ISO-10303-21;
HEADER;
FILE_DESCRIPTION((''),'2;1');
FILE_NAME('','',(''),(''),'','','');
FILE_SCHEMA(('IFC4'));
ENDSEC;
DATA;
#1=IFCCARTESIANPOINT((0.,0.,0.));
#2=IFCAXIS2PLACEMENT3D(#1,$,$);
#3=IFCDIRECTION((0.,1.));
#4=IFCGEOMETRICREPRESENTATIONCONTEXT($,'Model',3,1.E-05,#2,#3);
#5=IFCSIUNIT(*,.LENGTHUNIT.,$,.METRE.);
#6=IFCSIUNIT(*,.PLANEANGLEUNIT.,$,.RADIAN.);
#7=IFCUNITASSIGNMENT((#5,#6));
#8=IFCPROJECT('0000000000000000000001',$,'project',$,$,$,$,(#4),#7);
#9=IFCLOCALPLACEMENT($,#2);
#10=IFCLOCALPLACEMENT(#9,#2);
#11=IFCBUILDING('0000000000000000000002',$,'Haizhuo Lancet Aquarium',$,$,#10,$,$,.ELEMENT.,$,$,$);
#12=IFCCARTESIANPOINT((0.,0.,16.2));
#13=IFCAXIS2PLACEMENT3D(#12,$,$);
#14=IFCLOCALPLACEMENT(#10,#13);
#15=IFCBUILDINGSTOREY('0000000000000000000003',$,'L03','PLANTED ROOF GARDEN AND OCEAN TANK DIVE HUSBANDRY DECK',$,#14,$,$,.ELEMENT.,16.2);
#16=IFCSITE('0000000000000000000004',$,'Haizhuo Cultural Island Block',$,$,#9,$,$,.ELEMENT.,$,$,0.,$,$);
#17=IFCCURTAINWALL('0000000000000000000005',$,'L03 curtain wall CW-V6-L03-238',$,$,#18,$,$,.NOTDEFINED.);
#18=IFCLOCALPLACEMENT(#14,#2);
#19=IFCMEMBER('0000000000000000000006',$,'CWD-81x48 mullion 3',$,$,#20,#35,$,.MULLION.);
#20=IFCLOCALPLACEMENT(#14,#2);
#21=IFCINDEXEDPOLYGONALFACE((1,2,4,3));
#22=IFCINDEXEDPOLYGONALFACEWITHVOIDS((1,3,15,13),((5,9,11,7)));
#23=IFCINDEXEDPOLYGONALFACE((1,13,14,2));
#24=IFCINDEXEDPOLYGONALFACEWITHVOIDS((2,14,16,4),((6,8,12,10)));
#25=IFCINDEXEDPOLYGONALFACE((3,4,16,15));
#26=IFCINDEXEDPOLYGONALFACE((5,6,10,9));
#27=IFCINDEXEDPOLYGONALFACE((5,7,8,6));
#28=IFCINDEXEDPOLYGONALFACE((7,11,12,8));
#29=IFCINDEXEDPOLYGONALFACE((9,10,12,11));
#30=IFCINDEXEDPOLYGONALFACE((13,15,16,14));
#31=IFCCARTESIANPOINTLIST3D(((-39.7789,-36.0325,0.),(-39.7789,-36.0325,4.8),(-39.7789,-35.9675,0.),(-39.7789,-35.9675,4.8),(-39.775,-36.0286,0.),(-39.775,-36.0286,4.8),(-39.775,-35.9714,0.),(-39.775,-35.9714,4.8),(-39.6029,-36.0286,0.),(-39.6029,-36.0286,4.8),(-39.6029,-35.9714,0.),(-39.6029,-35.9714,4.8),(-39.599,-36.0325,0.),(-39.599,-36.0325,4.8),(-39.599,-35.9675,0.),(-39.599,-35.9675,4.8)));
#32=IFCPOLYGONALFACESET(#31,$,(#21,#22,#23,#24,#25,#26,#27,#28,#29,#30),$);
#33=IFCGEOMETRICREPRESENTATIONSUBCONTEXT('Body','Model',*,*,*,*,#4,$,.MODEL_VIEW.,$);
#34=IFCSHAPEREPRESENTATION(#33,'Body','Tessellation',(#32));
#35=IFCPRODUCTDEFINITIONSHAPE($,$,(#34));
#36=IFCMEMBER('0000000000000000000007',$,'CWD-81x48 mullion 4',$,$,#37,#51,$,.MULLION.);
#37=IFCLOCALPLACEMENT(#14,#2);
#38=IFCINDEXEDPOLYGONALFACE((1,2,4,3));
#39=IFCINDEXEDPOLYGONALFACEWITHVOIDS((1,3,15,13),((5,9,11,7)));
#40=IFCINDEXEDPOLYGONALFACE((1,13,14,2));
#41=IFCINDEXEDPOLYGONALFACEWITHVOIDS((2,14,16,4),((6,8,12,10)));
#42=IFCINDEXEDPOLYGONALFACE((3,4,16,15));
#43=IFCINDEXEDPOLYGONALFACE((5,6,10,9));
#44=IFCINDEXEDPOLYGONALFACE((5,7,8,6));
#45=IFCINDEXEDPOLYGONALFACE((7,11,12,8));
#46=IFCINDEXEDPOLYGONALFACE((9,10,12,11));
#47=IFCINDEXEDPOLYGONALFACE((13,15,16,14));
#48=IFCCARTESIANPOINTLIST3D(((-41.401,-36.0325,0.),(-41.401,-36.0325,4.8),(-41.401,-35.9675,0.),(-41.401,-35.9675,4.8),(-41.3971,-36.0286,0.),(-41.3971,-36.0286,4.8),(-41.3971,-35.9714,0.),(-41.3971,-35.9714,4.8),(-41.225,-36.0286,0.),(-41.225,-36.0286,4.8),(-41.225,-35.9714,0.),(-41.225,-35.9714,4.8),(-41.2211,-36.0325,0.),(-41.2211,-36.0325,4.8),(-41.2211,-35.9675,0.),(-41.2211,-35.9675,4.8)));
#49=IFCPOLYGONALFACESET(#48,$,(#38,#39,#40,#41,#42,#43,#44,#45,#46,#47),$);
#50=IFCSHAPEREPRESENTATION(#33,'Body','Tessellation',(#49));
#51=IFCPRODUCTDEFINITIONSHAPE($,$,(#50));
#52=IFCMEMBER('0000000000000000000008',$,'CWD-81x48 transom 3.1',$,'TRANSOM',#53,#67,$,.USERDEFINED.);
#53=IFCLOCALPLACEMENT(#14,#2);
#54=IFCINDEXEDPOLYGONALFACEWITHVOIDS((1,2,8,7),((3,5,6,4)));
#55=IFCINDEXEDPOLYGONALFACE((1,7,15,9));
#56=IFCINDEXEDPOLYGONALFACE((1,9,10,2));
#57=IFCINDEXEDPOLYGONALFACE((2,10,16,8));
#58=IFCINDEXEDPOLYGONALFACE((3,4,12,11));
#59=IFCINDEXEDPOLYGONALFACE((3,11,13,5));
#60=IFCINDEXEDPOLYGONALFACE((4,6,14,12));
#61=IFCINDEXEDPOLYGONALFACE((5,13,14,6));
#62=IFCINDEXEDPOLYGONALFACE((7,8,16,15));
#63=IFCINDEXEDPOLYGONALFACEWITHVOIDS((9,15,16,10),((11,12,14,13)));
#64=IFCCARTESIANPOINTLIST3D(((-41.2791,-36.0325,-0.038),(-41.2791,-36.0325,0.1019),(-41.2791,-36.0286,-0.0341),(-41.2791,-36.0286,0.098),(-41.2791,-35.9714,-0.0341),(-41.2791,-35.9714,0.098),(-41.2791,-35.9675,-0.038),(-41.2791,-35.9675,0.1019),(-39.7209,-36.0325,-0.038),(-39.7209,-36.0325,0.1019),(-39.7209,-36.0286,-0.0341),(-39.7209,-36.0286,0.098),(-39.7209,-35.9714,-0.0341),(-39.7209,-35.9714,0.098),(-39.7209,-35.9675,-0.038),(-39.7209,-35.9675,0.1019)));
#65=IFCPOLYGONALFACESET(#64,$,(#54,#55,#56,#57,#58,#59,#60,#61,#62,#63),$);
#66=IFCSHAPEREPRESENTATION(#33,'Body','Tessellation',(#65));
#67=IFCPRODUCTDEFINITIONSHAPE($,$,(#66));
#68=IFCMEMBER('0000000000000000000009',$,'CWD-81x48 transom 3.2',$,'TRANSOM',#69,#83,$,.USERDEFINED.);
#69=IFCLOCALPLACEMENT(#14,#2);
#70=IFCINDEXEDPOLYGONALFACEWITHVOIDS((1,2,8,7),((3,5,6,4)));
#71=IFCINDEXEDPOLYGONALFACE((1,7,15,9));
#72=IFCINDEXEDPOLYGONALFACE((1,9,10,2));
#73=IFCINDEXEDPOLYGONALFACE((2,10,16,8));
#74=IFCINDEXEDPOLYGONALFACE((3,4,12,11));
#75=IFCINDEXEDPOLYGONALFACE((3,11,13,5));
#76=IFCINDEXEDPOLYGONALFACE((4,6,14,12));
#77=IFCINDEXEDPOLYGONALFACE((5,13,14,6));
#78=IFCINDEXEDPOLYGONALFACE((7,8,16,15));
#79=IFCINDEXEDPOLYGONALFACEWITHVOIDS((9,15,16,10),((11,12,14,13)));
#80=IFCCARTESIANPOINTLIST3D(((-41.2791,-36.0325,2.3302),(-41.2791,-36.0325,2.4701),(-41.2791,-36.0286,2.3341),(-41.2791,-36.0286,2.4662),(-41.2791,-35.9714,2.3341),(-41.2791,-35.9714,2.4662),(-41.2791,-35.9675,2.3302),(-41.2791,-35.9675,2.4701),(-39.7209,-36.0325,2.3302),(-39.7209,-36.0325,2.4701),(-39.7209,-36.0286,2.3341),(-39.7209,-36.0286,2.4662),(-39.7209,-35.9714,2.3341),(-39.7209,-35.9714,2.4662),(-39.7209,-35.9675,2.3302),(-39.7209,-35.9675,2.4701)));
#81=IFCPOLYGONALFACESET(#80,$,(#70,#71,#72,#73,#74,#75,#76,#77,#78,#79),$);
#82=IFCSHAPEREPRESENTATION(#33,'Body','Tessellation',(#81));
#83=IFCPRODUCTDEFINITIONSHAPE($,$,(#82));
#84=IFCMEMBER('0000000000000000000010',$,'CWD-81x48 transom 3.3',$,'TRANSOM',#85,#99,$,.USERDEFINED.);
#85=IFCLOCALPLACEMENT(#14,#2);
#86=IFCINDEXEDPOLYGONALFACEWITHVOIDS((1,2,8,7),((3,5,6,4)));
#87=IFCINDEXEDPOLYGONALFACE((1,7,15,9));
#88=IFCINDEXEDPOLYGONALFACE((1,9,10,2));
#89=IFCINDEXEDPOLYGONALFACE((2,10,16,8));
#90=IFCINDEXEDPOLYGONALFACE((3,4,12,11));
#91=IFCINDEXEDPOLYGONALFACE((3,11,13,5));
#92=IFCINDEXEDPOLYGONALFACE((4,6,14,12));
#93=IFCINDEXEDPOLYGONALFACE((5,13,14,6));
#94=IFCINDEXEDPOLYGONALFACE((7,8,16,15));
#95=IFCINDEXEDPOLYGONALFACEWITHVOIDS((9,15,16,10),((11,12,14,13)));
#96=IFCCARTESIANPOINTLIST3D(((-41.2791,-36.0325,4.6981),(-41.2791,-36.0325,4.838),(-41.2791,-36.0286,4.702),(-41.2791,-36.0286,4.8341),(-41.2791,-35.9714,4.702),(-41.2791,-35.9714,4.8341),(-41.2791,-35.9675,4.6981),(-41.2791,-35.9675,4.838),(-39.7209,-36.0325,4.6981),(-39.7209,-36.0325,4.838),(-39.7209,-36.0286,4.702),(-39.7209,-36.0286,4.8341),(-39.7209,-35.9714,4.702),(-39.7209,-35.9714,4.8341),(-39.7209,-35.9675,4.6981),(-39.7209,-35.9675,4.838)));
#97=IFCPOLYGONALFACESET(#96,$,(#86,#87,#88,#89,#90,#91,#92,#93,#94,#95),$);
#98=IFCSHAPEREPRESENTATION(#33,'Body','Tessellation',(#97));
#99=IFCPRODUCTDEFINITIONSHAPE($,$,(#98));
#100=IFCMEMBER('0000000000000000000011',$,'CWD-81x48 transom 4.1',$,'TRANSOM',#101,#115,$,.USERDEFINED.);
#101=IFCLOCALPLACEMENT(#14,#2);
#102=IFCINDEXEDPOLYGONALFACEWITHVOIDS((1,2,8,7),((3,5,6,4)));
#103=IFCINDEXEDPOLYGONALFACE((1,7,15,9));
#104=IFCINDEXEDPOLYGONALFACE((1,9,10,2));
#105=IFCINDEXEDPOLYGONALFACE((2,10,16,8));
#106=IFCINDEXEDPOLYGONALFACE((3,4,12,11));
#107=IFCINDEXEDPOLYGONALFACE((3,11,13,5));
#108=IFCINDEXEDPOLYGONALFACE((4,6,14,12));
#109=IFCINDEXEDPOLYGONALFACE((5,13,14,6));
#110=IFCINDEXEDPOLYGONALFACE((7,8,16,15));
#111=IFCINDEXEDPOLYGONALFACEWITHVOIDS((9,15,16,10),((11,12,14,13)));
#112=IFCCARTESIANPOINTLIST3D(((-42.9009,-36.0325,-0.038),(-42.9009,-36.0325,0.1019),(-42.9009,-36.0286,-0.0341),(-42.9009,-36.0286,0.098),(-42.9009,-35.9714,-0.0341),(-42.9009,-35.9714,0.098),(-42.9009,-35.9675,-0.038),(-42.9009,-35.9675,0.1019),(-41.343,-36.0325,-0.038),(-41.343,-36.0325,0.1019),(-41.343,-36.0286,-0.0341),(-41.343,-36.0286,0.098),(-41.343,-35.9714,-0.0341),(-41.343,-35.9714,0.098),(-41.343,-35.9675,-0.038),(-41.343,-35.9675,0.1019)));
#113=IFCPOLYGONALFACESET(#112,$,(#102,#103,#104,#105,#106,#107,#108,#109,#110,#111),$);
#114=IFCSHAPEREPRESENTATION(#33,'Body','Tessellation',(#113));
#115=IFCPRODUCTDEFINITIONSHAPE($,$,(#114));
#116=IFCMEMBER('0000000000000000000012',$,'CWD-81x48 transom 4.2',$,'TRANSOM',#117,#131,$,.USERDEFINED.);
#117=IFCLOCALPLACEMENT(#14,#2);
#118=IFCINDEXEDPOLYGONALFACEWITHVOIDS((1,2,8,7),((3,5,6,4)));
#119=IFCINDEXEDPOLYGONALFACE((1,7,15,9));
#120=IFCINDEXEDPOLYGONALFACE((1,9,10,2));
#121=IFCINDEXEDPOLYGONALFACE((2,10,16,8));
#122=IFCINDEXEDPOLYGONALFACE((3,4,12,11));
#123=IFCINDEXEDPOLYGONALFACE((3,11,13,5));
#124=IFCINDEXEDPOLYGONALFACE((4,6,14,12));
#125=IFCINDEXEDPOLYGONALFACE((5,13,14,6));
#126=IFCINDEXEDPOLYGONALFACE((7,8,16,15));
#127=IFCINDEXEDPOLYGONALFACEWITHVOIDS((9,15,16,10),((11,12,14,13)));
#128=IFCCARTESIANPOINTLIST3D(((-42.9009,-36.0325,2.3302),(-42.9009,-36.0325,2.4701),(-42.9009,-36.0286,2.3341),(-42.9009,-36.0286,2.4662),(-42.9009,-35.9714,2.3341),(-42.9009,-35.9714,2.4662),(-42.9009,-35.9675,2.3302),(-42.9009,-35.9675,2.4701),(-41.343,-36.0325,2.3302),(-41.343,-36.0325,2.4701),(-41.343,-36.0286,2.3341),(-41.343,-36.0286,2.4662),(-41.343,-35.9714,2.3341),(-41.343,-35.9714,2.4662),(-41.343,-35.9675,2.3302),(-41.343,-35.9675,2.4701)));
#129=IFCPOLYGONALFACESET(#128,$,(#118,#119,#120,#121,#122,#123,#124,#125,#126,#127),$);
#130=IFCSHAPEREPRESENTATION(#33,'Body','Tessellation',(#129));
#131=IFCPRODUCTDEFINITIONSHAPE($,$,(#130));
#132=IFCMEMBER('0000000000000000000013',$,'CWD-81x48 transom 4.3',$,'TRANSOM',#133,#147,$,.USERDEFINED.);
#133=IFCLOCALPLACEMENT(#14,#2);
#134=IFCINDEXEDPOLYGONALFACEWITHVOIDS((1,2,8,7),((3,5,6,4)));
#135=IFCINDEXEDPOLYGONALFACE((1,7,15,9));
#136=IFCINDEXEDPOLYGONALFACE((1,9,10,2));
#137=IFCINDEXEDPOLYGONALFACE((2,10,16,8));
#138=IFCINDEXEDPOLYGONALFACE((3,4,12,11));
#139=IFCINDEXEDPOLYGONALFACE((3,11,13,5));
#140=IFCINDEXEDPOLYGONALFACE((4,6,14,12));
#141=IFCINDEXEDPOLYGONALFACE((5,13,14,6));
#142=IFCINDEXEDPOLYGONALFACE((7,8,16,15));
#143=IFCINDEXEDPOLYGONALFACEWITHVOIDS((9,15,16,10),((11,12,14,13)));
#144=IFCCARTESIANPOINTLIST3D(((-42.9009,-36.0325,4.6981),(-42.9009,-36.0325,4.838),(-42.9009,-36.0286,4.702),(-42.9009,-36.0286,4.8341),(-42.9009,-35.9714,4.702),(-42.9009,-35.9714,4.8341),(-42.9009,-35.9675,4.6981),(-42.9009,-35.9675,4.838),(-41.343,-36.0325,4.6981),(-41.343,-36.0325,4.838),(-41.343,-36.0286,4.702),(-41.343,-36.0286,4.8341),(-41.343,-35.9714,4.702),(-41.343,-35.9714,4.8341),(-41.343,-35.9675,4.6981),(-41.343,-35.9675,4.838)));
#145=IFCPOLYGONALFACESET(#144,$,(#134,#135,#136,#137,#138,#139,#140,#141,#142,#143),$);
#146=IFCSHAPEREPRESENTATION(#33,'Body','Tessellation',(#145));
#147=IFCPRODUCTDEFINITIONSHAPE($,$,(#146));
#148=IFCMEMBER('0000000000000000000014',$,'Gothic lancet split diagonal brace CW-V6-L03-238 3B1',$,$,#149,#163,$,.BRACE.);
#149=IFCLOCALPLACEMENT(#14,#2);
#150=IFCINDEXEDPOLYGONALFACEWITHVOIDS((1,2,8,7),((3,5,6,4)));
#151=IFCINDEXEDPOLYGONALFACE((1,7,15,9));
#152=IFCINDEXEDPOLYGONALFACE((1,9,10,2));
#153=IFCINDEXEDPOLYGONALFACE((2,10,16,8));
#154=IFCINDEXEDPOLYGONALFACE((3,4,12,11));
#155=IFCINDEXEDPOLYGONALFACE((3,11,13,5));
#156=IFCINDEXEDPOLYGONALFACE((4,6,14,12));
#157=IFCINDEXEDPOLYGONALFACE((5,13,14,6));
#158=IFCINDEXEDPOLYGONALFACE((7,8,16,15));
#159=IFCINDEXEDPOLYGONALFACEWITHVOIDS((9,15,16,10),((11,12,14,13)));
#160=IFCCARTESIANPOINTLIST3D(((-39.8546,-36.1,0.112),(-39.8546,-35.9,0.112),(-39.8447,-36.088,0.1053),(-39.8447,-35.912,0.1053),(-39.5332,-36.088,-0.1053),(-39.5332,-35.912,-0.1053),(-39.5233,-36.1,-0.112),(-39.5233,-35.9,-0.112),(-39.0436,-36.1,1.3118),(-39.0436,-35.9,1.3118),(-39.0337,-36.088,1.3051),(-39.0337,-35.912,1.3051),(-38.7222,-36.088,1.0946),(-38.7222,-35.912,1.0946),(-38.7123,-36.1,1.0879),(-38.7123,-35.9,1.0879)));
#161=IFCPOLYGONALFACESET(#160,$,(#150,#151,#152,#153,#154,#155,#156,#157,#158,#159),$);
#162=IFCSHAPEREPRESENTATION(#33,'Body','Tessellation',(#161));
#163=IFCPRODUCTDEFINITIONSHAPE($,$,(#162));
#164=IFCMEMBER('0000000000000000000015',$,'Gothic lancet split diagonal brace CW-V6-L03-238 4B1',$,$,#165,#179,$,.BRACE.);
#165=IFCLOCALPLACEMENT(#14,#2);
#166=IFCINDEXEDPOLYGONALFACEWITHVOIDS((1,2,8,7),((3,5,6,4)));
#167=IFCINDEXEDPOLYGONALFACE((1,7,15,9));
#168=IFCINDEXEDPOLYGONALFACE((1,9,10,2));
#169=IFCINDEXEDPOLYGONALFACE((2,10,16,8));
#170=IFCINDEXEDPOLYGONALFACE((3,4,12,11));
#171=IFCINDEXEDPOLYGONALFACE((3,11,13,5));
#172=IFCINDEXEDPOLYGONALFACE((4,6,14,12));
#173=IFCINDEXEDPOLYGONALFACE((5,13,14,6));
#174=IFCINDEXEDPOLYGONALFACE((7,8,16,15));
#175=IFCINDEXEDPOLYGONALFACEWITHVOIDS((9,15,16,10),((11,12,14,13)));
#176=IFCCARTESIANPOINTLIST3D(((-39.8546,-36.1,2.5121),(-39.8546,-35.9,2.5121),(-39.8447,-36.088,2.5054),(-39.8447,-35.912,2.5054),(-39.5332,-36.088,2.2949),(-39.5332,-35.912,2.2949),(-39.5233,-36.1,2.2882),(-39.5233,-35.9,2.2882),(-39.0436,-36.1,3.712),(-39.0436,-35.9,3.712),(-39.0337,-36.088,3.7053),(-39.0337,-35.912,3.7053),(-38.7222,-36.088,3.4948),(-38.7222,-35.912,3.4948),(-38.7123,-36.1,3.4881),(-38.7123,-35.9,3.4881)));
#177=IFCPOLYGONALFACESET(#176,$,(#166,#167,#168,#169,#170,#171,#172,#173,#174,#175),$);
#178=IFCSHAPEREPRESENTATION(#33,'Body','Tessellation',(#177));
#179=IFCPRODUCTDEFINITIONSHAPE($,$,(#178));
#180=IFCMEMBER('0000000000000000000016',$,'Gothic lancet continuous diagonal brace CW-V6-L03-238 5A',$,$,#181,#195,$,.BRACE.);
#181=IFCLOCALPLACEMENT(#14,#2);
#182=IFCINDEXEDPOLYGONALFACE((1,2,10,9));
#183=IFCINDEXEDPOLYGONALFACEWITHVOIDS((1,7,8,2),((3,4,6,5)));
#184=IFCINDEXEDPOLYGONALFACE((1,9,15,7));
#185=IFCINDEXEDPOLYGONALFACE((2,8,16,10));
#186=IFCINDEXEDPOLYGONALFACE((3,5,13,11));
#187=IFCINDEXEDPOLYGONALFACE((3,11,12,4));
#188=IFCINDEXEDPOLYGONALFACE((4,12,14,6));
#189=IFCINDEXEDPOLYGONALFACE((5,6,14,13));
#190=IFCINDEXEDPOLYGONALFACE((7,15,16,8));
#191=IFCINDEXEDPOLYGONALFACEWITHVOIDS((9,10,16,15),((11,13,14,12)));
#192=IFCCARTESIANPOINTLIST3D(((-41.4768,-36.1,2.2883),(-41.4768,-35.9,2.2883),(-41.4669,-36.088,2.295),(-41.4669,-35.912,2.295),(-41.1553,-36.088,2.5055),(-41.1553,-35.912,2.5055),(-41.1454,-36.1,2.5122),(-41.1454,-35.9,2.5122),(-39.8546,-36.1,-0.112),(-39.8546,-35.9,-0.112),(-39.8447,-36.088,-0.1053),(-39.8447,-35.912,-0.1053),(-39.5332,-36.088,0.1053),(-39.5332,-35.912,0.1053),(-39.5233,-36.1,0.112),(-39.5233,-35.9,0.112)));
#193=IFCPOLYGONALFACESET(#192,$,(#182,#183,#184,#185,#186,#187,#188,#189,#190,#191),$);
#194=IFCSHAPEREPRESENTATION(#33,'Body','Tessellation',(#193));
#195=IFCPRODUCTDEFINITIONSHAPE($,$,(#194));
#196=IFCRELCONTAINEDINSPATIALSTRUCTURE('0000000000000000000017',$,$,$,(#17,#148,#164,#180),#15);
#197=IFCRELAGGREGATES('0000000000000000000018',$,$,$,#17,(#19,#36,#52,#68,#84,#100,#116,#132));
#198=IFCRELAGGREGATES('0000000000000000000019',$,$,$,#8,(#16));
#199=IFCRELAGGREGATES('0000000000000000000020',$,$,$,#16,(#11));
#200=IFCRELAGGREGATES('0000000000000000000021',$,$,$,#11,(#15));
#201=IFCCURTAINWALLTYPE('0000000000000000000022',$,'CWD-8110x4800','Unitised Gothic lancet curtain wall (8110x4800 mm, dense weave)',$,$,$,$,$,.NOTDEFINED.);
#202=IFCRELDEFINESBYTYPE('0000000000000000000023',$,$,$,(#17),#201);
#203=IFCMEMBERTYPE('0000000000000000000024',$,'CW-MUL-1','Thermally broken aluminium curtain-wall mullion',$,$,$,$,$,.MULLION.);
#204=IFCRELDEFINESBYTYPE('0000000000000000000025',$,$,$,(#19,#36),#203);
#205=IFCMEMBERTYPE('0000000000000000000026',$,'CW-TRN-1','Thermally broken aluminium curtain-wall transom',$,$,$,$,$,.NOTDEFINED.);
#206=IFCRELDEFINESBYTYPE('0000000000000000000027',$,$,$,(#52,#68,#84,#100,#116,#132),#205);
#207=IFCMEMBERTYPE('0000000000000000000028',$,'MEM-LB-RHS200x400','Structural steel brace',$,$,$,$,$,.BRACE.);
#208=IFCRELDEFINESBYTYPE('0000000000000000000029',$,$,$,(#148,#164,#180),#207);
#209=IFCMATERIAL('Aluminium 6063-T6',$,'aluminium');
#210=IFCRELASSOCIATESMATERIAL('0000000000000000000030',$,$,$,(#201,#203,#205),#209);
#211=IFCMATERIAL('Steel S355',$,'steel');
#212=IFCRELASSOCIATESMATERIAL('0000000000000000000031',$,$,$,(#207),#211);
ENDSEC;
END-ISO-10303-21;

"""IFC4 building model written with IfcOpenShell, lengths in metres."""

from ifc_helpers import new_model, si_unit, direction, frame, origin, origin_2d, place, context, subcontext, project, spatial, hollow_rectangle, extrude, material, material_profile, profile_set, type_object, element, aggregate, save


model = new_model("IFC4")

# Units and contexts
model_context = context("Model", 3, precision=1e-05, world=origin(), true_north=direction((0.0, 1.0)))
body_context = subcontext(model_context, "Body", "Model", "MODEL_VIEW")
ifc_project = project(units=[si_unit("LENGTHUNIT", "METRE"), si_unit("PLANEANGLEUNIT", "RADIAN")], contexts=[model_context])

# Site, building, storey
site_placement = place(None, origin())
site = spatial("IfcSite", under=ifc_project, at=site_placement, Name="Haizhuo Cultural Island Block", CompositionType="ELEMENT", RefElevation=0.0)
building_placement = place(site_placement, origin())
building = spatial("IfcBuilding", under=site, at=building_placement, Name="Haizhuo Lancet Aquarium", CompositionType="ELEMENT")
storey_placement = place(building_placement, frame((0.0, 0.0, 16.2)))
storey = spatial("IfcBuildingStorey", under=building, at=storey_placement, Name="L03", Description="PLANTED ROOF GARDEN AND OCEAN TANK DIVE HUSBANDRY DECK", CompositionType="ELEMENT", Elevation=16.2)

# Curtain wall, members
ifc_material_1 = material(Name="Aluminium 6063-T6", Category="aluminium")
curtain_wall_type = type_object("IfcCurtainWallType", Name="CWD-8110x4800", Description="Unitised Gothic lancet curtain wall (8110x4800 mm, dense weave)", PredefinedType="NOTDEFINED", material=ifc_material_1)
curtain_wall_placement = place(storey_placement, origin())
curtain_wall = element("IfcCurtainWall", 1, at=curtain_wall_placement, inside=storey, type_object=curtain_wall_type, Name="L03 curtain wall CW-V6-L03-238", PredefinedType="NOTDEFINED")
ifc_material_profile_1 = material_profile(ifc_material_1, hollow_rectangle(XDim=0.0649, YDim=0.1799, WallThickness=0.0039, at=origin_2d()), Name="ALU-M 65x180x4")
ifc_profile_set_1 = profile_set([ifc_material_profile_1], Name="Aluminium 6063-T6")
member_type_1 = type_object("IfcMemberType", Name="CW-MUL-1", Description="Thermally broken aluminium curtain-wall mullion", PredefinedType="MULLION", material=ifc_profile_set_1)
member_1_placement = place(storey_placement, frame((-39.689, -36.0, 0.0), z_axis=(0.0, 0.0, 1.0), x_axis=(0.0, -1.0, 0.0)))
member_1 = element("IfcMember", 2, at=member_1_placement, type_object=member_type_1, Name="CWD-81x48 mullion 3", PredefinedType="MULLION", context=body_context, shape_type="SweptSolid", body=[
    extrude(hollow_rectangle(XDim=0.0649, YDim=0.1799, WallThickness=0.0039, at=origin_2d()), origin(), (0.0, 0.0, 1.0), 4.8),
])
member_2_placement = place(storey_placement, frame((-41.311, -36.0, 0.0), z_axis=(0.0, 0.0, 1.0), x_axis=(0.0, -1.0, 0.0)))
member_2 = element("IfcMember", 3, at=member_2_placement, type_object=member_type_1, Name="CWD-81x48 mullion 4", PredefinedType="MULLION", context=body_context, shape_type="SweptSolid", body=[
    extrude(hollow_rectangle(XDim=0.0649, YDim=0.1799, WallThickness=0.0039, at=origin_2d()), origin(), (0.0, 0.0, 1.0), 4.8),
])
ifc_material_profile_2 = material_profile(ifc_material_1, hollow_rectangle(XDim=0.0649, YDim=0.1399, WallThickness=0.0039, at=origin_2d()), Name="ALU-T 65x140x4")
ifc_profile_set_2 = profile_set([ifc_material_profile_2], Name="Aluminium 6063-T6")
member_type_2 = type_object("IfcMemberType", Name="CW-TRN-1", Description="Thermally broken aluminium curtain-wall transom", PredefinedType="NOTDEFINED", material=ifc_profile_set_2)
member_3_placement = place(storey_placement, frame((-39.7209, -36.0, 0.032), z_axis=(-1.0, 0.0, 0.0), x_axis=(0.0, -1.0, 0.0)))
member_3 = element("IfcMember", 4, at=member_3_placement, type_object=member_type_2, Name="CWD-81x48 transom 3.1", ObjectType="TRANSOM", PredefinedType="USERDEFINED", context=body_context, shape_type="SweptSolid", body=[
    extrude(hollow_rectangle(XDim=0.0649, YDim=0.1399, WallThickness=0.0039, at=origin_2d()), origin(), (0.0, 0.0, 1.0), 1.5581),
])
member_4_placement = place(storey_placement, frame((-39.7209, -36.0, 2.4001), z_axis=(-1.0, 0.0, 0.0), x_axis=(0.0, -1.0, 0.0)))
member_4 = element("IfcMember", 5, at=member_4_placement, type_object=member_type_2, Name="CWD-81x48 transom 3.2", ObjectType="TRANSOM", PredefinedType="USERDEFINED", context=body_context, shape_type="SweptSolid", body=[
    extrude(hollow_rectangle(XDim=0.0649, YDim=0.1399, WallThickness=0.0039, at=origin_2d()), origin(), (0.0, 0.0, 1.0), 1.5581),
])
member_5_placement = place(storey_placement, frame((-39.7209, -36.0, 4.7681), z_axis=(-1.0, 0.0, 0.0), x_axis=(0.0, -1.0, 0.0)))
member_5 = element("IfcMember", 6, at=member_5_placement, type_object=member_type_2, Name="CWD-81x48 transom 3.3", ObjectType="TRANSOM", PredefinedType="USERDEFINED", context=body_context, shape_type="SweptSolid", body=[
    extrude(hollow_rectangle(XDim=0.0649, YDim=0.1399, WallThickness=0.0039, at=origin_2d()), origin(), (0.0, 0.0, 1.0), 1.5581),
])
member_6_placement = place(storey_placement, frame((-41.343, -36.0, 0.032), z_axis=(-1.0, 0.0, 0.0), x_axis=(0.0, -1.0, 0.0)))
member_6 = element("IfcMember", 7, at=member_6_placement, type_object=member_type_2, Name="CWD-81x48 transom 4.1", ObjectType="TRANSOM", PredefinedType="USERDEFINED", context=body_context, shape_type="SweptSolid", body=[
    extrude(hollow_rectangle(XDim=0.0649, YDim=0.1399, WallThickness=0.0039, at=origin_2d()), origin(), (0.0, 0.0, 1.0), 1.5579),
])
member_7_placement = place(storey_placement, frame((-41.343, -36.0, 2.4001), z_axis=(-1.0, 0.0, 0.0), x_axis=(0.0, -1.0, 0.0)))
member_7 = element("IfcMember", 8, at=member_7_placement, type_object=member_type_2, Name="CWD-81x48 transom 4.2", ObjectType="TRANSOM", PredefinedType="USERDEFINED", context=body_context, shape_type="SweptSolid", body=[
    extrude(hollow_rectangle(XDim=0.0649, YDim=0.1399, WallThickness=0.0039, at=origin_2d()), origin(), (0.0, 0.0, 1.0), 1.5579),
])
member_8_placement = place(storey_placement, frame((-41.343, -36.0, 4.7681), z_axis=(-1.0, 0.0, 0.0), x_axis=(0.0, -1.0, 0.0)))
member_8 = element("IfcMember", 9, at=member_8_placement, type_object=member_type_2, Name="CWD-81x48 transom 4.3", ObjectType="TRANSOM", PredefinedType="USERDEFINED", context=body_context, shape_type="SweptSolid", body=[
    extrude(hollow_rectangle(XDim=0.0649, YDim=0.1399, WallThickness=0.0039, at=origin_2d()), origin(), (0.0, 0.0, 1.0), 1.5579),
])

# Members
ifc_material_2 = material(Name="Steel S355", Category="steel")
ifc_material_profile_3 = material_profile(ifc_material_2, hollow_rectangle(XDim=0.2, YDim=0.3999, WallThickness=0.012, at=origin_2d()), Name="RHS 200x400x12")
ifc_profile_set_3 = profile_set([ifc_material_profile_3], Name="Steel S355")
member_type_3 = type_object("IfcMemberType", Name="MEM-LB-RHS200x400", Description="Structural steel brace", PredefinedType="BRACE", material=ifc_profile_set_3)
for number, where, z_axis, x_axis, name in (
    (10, (-39.689, -36.0, 0.0), (0.559979, 0.0, 0.828507), (0.0, 1.0, 0.0), "Gothic lancet split diagonal brace CW-V6-L03-238 3B1"),
    (11, (-39.689, -36.0, 2.4001), (0.559979, 0.0, 0.828507), (0.0, 1.0, 0.0), "Gothic lancet split diagonal brace CW-V6-L03-238 4B1"),
):
    element("IfcMember", number, at=place(storey_placement, frame(where, z_axis=z_axis, x_axis=x_axis)), inside=storey, type_object=member_type_3, Name=name, PredefinedType="BRACE", context=body_context, shape_type="SweptSolid", body=[
        extrude(hollow_rectangle(XDim=0.2, YDim=0.3999, WallThickness=0.012, at=origin_2d()), origin(), (0.0, 0.0, 1.0), 1.4482),
    ])
member_9_placement = place(storey_placement, frame((-39.689, -36.0, 0.0), z_axis=(-0.55994, 0.0, 0.828533), x_axis=(0.0, -1.0, 0.0)))
element("IfcMember", 12, at=member_9_placement, inside=storey, type_object=member_type_3, Name="Gothic lancet continuous diagonal brace CW-V6-L03-238 5A", PredefinedType="BRACE", context=body_context, shape_type="SweptSolid", body=[
    extrude(hollow_rectangle(XDim=0.2, YDim=0.3999, WallThickness=0.012, at=origin_2d()), origin(), (0.0, 0.0, 1.0), 2.897),
])

aggregate(curtain_wall, [member_1, member_2, member_3, member_4, member_5, member_6, member_7, member_8])

save(model, "model.ifc")
